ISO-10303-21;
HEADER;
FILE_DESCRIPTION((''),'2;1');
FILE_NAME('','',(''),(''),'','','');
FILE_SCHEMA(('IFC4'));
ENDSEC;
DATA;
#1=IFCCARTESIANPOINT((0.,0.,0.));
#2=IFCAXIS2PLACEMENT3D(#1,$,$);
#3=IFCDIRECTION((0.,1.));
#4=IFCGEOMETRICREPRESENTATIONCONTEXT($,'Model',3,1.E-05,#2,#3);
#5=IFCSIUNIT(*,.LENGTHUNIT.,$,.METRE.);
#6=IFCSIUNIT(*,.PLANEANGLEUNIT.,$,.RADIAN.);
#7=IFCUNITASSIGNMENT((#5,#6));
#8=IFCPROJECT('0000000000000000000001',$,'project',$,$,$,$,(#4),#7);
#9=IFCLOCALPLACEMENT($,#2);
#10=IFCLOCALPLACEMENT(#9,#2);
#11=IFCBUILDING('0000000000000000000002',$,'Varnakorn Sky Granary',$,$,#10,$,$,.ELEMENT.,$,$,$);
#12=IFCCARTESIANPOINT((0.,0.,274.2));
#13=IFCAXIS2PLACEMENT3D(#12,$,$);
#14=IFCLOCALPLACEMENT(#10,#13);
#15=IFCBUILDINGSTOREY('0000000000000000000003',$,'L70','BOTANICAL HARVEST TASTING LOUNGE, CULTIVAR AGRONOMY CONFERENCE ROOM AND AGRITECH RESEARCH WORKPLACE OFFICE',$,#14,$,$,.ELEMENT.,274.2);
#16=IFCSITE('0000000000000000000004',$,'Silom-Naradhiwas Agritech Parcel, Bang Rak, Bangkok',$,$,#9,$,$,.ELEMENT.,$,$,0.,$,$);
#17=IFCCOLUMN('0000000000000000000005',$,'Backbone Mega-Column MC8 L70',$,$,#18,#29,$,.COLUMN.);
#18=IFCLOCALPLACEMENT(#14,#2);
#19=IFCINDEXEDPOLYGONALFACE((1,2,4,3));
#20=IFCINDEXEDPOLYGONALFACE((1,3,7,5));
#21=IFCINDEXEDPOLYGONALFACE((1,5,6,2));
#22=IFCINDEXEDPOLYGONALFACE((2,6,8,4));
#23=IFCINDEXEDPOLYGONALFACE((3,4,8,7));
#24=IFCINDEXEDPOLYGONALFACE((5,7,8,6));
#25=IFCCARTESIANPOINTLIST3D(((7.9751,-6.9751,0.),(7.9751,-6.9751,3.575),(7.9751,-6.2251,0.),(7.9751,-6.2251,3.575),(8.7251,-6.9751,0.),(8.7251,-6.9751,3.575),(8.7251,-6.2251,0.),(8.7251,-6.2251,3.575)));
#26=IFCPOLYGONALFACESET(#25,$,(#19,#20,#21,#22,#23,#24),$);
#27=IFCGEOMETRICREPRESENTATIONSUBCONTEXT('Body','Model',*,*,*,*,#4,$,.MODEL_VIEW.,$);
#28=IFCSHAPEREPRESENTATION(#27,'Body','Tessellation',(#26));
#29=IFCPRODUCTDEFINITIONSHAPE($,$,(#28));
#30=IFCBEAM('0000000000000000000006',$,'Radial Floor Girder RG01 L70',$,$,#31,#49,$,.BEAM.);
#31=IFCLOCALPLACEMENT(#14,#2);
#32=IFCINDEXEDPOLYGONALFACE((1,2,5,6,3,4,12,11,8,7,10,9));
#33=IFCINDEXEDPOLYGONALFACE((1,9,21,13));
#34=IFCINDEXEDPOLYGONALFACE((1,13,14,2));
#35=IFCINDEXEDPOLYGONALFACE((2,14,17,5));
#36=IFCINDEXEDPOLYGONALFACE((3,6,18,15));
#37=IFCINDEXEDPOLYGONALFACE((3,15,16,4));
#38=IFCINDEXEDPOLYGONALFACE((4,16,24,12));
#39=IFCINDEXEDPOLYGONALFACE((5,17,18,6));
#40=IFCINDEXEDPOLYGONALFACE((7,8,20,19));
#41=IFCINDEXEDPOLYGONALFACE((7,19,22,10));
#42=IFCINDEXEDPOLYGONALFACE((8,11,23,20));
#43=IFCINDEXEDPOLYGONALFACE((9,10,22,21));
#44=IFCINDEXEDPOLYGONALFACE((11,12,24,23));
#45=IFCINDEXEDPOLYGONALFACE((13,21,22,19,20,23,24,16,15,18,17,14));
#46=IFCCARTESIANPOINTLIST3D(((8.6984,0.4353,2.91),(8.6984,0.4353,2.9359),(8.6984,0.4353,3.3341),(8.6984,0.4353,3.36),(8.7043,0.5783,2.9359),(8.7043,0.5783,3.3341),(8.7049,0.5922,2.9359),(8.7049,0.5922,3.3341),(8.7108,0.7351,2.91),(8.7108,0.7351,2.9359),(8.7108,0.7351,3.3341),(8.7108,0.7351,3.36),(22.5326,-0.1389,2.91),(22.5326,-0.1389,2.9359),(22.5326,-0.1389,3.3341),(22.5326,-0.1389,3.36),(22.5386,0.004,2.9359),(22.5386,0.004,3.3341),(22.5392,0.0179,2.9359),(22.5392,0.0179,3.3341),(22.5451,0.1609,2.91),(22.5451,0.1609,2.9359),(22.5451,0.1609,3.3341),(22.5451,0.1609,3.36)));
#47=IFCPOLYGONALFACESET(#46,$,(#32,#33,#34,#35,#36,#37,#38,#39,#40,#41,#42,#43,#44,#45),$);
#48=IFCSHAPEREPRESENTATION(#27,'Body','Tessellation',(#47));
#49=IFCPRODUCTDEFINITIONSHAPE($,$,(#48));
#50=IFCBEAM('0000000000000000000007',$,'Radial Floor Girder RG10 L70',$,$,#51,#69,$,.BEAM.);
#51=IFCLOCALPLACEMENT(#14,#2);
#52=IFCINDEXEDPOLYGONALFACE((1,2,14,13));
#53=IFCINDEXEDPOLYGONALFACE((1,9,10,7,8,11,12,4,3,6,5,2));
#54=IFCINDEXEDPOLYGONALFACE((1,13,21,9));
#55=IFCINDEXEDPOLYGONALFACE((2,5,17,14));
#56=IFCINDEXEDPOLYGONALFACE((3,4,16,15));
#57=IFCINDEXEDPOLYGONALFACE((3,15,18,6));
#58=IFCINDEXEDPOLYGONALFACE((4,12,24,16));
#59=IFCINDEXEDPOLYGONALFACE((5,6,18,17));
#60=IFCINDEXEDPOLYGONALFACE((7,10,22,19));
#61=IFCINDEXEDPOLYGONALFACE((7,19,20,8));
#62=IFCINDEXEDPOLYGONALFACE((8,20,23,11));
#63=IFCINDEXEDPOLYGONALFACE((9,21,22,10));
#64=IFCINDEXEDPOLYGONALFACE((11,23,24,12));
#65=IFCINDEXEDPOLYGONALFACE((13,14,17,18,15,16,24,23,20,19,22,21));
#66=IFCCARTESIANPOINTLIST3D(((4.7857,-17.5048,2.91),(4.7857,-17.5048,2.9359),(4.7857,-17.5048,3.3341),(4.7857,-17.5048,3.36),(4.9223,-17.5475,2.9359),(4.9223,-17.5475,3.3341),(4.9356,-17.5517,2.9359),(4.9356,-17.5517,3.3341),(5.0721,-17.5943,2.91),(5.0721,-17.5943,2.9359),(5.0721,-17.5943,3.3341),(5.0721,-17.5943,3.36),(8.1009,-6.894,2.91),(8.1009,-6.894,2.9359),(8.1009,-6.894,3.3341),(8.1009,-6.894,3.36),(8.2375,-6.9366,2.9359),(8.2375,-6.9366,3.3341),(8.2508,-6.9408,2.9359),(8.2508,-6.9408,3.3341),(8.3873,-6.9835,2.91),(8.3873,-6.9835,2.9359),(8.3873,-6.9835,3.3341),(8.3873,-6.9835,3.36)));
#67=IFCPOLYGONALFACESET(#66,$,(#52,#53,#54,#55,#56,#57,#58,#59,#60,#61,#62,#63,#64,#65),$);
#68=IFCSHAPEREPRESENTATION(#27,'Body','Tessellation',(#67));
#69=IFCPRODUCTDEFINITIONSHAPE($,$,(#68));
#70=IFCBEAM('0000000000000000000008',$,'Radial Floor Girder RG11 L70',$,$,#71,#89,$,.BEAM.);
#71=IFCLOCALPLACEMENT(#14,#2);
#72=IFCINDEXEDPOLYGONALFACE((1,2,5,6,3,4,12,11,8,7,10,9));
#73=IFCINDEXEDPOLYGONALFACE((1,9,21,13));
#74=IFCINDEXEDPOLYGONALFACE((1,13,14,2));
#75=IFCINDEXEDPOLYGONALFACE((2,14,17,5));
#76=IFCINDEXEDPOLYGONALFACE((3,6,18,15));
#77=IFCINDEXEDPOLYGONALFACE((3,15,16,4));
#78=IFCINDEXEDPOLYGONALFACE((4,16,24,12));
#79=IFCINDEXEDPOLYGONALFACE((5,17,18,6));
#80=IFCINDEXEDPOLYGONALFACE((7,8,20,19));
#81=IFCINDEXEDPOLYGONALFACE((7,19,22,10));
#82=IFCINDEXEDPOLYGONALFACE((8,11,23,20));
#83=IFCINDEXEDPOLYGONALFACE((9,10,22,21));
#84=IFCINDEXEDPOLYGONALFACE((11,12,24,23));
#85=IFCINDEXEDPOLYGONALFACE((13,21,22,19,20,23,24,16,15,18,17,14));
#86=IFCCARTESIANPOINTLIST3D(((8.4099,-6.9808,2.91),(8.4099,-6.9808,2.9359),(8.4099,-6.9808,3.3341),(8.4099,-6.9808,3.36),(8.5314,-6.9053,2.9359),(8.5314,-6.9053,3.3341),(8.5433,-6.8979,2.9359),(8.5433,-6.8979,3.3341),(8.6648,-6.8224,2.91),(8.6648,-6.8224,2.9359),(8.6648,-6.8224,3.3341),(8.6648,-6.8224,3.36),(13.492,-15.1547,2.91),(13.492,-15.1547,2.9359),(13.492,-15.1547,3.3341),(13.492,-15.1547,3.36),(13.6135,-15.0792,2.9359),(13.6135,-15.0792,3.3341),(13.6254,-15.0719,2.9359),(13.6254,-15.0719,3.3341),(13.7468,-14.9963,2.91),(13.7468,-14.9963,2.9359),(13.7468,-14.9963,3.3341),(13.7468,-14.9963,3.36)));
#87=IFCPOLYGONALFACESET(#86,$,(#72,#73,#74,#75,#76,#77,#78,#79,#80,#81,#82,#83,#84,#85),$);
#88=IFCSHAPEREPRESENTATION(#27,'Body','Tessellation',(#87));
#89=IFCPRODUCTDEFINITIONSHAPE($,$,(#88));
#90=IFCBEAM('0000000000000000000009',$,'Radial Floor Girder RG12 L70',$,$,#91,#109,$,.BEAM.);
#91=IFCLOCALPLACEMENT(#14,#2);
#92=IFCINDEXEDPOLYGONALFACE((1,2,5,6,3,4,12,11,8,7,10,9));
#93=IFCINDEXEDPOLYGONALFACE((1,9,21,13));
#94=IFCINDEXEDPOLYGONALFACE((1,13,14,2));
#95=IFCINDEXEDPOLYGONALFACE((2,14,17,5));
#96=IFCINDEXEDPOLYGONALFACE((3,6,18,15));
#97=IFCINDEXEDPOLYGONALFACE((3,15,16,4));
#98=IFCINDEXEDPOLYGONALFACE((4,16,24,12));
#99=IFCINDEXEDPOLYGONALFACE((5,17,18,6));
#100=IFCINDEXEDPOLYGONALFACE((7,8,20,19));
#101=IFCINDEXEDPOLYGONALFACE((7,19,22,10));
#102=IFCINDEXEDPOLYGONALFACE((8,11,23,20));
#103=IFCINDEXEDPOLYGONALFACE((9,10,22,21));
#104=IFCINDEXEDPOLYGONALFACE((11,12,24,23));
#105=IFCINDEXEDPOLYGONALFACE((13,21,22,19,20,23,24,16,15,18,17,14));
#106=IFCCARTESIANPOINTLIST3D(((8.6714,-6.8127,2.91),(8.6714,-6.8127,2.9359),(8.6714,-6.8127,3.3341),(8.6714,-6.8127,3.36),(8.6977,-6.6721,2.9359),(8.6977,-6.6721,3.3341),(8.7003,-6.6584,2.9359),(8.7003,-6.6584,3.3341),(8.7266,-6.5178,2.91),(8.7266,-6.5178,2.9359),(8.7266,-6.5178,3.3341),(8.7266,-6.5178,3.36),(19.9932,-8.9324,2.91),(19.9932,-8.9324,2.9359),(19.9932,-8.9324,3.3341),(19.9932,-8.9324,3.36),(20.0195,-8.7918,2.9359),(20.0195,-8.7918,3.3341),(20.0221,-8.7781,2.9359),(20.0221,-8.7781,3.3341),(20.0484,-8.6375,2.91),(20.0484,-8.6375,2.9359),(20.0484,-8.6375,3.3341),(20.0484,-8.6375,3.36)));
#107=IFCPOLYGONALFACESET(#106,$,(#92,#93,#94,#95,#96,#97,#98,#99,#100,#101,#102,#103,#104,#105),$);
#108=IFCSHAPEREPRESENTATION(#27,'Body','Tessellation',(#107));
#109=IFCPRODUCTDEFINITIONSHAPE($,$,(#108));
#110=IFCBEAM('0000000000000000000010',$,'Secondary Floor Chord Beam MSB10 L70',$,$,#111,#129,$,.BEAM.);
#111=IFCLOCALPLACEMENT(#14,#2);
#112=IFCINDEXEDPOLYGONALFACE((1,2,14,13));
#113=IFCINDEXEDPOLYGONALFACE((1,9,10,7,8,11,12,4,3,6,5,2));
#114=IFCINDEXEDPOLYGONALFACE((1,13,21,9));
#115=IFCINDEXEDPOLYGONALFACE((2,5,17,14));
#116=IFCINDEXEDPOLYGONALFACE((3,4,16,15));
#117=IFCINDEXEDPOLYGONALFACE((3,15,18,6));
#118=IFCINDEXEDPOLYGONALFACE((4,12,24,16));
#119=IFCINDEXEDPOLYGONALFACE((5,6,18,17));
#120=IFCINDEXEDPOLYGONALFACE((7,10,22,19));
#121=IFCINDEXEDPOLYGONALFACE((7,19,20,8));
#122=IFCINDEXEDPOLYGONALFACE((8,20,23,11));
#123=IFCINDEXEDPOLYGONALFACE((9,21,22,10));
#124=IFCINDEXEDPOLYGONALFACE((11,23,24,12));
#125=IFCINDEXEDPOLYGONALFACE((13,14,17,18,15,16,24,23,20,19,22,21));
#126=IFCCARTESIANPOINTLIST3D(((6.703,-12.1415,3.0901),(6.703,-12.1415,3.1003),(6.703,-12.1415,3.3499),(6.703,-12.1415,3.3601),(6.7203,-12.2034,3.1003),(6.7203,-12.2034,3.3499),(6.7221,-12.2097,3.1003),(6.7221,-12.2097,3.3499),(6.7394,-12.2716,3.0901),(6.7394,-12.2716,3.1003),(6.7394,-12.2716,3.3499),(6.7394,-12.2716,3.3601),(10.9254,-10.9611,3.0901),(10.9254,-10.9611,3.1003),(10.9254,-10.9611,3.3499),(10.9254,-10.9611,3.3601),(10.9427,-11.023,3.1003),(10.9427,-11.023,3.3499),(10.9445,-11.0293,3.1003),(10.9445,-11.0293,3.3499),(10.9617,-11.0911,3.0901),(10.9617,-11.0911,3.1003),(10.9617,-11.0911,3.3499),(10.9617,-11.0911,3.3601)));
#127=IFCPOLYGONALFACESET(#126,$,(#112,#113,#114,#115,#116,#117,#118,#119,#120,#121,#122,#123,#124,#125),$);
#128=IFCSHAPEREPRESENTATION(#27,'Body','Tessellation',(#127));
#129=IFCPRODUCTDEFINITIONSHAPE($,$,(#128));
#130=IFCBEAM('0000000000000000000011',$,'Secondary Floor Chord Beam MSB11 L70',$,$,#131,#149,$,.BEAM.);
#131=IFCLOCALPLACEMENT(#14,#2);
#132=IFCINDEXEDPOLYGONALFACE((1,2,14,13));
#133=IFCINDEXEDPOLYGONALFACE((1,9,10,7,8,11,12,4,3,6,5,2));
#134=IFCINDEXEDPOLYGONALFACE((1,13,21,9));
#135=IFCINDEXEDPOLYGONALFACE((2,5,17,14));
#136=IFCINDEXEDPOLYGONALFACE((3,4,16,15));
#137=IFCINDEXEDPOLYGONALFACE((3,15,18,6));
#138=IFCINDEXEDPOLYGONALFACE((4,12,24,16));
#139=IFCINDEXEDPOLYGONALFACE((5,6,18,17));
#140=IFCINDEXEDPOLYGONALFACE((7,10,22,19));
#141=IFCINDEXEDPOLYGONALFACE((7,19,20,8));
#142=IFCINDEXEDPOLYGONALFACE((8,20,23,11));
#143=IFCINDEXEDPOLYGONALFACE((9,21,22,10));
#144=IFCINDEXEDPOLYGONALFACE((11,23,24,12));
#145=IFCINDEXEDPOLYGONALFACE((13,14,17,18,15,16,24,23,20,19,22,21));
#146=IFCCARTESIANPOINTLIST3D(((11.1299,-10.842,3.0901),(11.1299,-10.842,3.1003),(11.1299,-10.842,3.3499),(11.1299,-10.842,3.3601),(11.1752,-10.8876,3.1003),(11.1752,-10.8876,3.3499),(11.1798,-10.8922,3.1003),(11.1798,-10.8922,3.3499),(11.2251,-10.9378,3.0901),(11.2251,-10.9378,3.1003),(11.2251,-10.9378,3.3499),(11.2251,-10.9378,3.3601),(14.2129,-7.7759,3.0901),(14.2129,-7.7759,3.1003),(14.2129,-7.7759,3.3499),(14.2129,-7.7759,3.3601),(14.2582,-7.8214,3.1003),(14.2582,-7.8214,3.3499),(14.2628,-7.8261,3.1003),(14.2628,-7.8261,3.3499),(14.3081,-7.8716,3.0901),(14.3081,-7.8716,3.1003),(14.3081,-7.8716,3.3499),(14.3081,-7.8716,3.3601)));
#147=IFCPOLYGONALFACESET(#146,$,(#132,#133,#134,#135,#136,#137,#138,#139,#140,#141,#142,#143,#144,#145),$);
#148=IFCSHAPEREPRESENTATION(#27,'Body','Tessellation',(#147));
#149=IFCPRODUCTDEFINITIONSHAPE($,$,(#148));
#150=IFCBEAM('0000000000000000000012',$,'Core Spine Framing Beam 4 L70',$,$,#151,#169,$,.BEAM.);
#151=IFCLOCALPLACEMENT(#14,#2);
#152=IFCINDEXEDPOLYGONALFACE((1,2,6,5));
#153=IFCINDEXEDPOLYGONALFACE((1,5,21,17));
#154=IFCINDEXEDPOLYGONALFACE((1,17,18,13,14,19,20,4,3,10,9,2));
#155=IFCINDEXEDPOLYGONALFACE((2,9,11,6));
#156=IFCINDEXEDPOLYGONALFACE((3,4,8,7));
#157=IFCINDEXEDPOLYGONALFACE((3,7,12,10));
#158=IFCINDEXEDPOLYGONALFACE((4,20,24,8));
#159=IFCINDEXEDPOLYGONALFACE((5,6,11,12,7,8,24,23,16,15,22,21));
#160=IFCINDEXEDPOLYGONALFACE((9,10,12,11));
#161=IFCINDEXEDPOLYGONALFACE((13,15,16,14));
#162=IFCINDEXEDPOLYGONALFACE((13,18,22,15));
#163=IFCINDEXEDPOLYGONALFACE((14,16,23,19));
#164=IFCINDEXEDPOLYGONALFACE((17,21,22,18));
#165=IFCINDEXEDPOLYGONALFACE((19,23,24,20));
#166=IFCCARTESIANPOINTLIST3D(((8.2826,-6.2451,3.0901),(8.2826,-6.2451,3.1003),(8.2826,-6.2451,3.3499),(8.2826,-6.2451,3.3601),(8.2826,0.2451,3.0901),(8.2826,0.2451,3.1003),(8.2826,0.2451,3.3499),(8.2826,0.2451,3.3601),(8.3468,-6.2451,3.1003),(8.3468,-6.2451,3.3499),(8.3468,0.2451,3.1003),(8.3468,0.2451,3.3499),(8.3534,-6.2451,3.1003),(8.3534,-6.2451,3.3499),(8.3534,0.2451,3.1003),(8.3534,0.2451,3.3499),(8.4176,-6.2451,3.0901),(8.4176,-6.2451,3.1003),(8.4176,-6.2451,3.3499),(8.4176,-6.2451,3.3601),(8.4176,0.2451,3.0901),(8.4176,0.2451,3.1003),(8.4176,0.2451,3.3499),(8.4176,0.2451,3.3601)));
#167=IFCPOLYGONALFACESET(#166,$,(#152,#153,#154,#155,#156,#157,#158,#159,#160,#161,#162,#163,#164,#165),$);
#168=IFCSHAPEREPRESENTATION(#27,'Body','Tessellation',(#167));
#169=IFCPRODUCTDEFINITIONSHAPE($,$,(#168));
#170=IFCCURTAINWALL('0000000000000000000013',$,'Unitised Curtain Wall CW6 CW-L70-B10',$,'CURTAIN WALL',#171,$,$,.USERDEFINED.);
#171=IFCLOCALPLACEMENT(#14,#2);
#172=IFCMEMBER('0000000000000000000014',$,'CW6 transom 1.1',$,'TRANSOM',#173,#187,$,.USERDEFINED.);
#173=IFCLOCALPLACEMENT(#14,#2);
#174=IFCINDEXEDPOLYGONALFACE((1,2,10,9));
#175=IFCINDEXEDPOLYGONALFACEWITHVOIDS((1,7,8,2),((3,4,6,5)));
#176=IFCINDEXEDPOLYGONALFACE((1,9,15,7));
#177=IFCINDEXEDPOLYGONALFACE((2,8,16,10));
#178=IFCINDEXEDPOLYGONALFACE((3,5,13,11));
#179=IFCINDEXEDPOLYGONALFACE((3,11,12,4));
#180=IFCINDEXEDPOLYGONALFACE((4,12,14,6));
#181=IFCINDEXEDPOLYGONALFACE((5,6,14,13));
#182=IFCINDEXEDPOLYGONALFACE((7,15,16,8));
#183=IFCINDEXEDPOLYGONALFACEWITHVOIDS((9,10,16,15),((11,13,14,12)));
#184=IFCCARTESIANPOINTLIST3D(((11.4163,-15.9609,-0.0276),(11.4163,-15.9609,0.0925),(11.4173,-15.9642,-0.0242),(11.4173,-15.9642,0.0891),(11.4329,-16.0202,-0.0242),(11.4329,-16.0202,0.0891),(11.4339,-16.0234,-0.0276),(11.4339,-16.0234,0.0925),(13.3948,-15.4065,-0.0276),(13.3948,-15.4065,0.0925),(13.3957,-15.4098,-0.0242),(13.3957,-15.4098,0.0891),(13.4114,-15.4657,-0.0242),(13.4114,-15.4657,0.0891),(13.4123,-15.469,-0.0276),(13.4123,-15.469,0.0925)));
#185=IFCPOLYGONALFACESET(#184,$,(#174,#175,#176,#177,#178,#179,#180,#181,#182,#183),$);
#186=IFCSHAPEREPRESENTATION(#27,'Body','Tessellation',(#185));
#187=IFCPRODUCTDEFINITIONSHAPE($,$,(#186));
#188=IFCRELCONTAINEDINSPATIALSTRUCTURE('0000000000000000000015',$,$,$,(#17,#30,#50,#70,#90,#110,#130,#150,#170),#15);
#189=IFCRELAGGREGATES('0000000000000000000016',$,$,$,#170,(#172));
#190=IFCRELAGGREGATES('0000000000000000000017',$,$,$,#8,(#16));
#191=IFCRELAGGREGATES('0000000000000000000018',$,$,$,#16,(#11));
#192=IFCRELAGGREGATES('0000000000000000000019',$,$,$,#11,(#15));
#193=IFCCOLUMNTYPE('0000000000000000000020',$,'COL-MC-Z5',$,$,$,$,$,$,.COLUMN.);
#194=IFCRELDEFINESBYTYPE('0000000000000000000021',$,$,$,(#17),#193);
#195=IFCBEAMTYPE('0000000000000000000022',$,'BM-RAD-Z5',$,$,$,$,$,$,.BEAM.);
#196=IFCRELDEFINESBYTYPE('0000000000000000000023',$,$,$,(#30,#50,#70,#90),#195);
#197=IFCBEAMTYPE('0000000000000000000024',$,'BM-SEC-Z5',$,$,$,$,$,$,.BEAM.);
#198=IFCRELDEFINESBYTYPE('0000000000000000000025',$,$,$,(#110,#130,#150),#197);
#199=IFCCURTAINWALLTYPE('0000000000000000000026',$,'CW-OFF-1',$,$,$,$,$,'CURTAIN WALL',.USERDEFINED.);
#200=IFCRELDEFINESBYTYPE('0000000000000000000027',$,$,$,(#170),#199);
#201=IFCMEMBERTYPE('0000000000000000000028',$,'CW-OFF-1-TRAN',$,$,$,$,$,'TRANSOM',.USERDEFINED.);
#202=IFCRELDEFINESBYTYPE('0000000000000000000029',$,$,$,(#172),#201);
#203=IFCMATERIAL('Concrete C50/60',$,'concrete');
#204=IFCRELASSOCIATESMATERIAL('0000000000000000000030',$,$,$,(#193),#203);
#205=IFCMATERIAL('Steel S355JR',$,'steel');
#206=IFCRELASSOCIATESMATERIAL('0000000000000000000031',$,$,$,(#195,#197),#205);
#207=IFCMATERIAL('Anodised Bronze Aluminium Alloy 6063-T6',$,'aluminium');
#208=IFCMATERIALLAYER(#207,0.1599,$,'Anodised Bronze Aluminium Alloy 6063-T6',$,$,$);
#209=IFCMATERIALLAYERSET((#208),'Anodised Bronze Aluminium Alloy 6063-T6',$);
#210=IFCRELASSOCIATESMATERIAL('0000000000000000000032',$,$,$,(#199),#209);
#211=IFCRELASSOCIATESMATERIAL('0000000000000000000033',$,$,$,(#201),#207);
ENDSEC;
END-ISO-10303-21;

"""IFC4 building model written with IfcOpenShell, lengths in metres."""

from ifc_helpers import new_model, si_unit, direction, frame, origin, origin_2d, place, context, subcontext, project, spatial, rectangle, hollow_rectangle, i_section, extrude, material, layer, layer_set, material_profile, profile_set, type_object, element, aggregate, save


model = new_model("IFC4")

# Units and contexts
model_context = context("Model", 3, precision=1e-05, world=origin(), true_north=direction((0.0, 1.0)))
body_context = subcontext(model_context, "Body", "Model", "MODEL_VIEW")
ifc_project = project(units=[si_unit("LENGTHUNIT", "METRE"), si_unit("PLANEANGLEUNIT", "RADIAN")], contexts=[model_context])

# Site, building, storey
site_placement = place(None, origin())
site = spatial("IfcSite", under=ifc_project, at=site_placement, Name="Silom-Naradhiwas Agritech Parcel, Bang Rak, Bangkok", CompositionType="ELEMENT", RefElevation=0.0)
building_placement = place(site_placement, origin())
building = spatial("IfcBuilding", under=site, at=building_placement, Name="Varnakorn Sky Granary", CompositionType="ELEMENT")
storey_placement = place(building_placement, frame((0.0, 0.0, 274.2)))
storey = spatial("IfcBuildingStorey", under=building, at=storey_placement, Name="L70", Description="BOTANICAL HARVEST TASTING LOUNGE, CULTIVAR AGRONOMY CONFERENCE ROOM AND AGRITECH RESEARCH WORKPLACE OFFICE", CompositionType="ELEMENT", Elevation=274.2)

# Column
ifc_material_1 = material(Name="Concrete C50/60", Category="concrete")
ifc_material_profile_1 = material_profile(ifc_material_1, rectangle(XDim=0.75, YDim=0.75, at=origin_2d()), Name="RC 750x750")
ifc_profile_set_1 = profile_set([ifc_material_profile_1], Name="Concrete C50/60")
column_type = type_object("IfcColumnType", Name="COL-MC-Z5", PredefinedType="COLUMN", material=ifc_profile_set_1)
column_placement = place(storey_placement, frame((8.3501, -6.6001, 0.0), z_axis=(0.0, 0.0, 1.0), x_axis=(1.0, 0.0, 0.0)))
element("IfcColumn", 1, at=column_placement, inside=storey, type_object=column_type, Name="Backbone Mega-Column MC8 L70", PredefinedType="COLUMN", context=body_context, shape_type="SweptSolid", body=[
    extrude(rectangle(XDim=0.75, YDim=0.75, at=origin_2d()), origin(), (0.0, 0.0, 1.0), 3.575),
])

# Beams
ifc_material_2 = material(Name="Steel S355JR", Category="steel")
ifc_material_profile_2 = material_profile(ifc_material_2, i_section(OverallWidth=0.3, OverallDepth=0.45, WebThickness=0.0139, FlangeThickness=0.0259, at=origin_2d()), Name="HE 450 B")
ifc_profile_set_2 = profile_set([ifc_material_profile_2], Name="Steel S355JR")
beam_type_1 = type_object("IfcBeamType", Name="BM-RAD-Z5", PredefinedType="BEAM", material=ifc_profile_set_2)
beam_1_placement = place(storey_placement, frame((8.7046, 0.5852, 3.135), z_axis=(0.99914, -0.041471, 0.0), x_axis=(0.041471, 0.99914, 0.0)))
element("IfcBeam", 2, at=beam_1_placement, inside=storey, type_object=beam_type_1, Name="Radial Floor Girder RG01 L70", PredefinedType="BEAM", context=body_context, shape_type="SweptSolid", body=[
    extrude(i_section(OverallWidth=0.3, OverallDepth=0.45, WebThickness=0.0139, FlangeThickness=0.0259, at=origin_2d()), origin(), (0.0, 0.0, 1.0), 13.8462),
])
beam_2_placement = place(storey_placement, frame((8.2441, -6.9387, 3.135), z_axis=(-0.298217, -0.954498, 0.0), x_axis=(0.954498, -0.298217, 0.0)))
element("IfcBeam", 3, at=beam_2_placement, inside=storey, type_object=beam_type_1, Name="Radial Floor Girder RG10 L70", PredefinedType="BEAM", context=body_context, shape_type="SweptSolid", body=[
    extrude(i_section(OverallWidth=0.3, OverallDepth=0.45, WebThickness=0.0139, FlangeThickness=0.0259, at=origin_2d()), origin(), (0.0, 0.0, 1.0), 11.1167),
])
beam_3_placement = place(storey_placement, frame((8.5374, -6.9016, 3.135), z_axis=(0.528009, -0.849239, 0.0), x_axis=(0.849239, 0.528009, 0.0)))
element("IfcBeam", 4, at=beam_3_placement, inside=storey, type_object=beam_type_1, Name="Radial Floor Girder RG11 L70", PredefinedType="BEAM", context=body_context, shape_type="SweptSolid", body=[
    extrude(i_section(OverallWidth=0.3, OverallDepth=0.45, WebThickness=0.0139, FlangeThickness=0.0259, at=origin_2d()), origin(), (0.0, 0.0, 1.0), 9.625),
])
beam_4_placement = place(storey_placement, frame((8.699, -6.6653, 3.135), z_axis=(0.982923, -0.18402, 0.0), x_axis=(0.18402, 0.982923, 0.0)))
element("IfcBeam", 5, at=beam_4_placement, inside=storey, type_object=beam_type_1, Name="Radial Floor Girder RG12 L70", PredefinedType="BEAM", context=body_context, shape_type="SweptSolid", body=[
    extrude(i_section(OverallWidth=0.3, OverallDepth=0.45, WebThickness=0.0139, FlangeThickness=0.0259, at=origin_2d()), origin(), (0.0, 0.0, 1.0), 11.5186),
])
ifc_material_profile_3 = material_profile(ifc_material_2, i_section(OverallWidth=0.135, OverallDepth=0.27, WebThickness=0.0066, FlangeThickness=0.0103, at=origin_2d()), Name="IPE 270")
ifc_profile_set_3 = profile_set([ifc_material_profile_3], Name="Steel S355JR")
beam_type_2 = type_object("IfcBeamType", Name="BM-SEC-Z5", PredefinedType="BEAM", material=ifc_profile_set_3)
beam_5_placement = place(storey_placement, frame((6.7212, -12.2065, 3.2251), z_axis=(0.963074, 0.269237, 0.0), x_axis=(-0.269237, 0.963074, 0.0)))
element("IfcBeam", 6, at=beam_5_placement, inside=storey, type_object=beam_type_2, Name="Secondary Floor Chord Beam MSB10 L70", PredefinedType="BEAM", context=body_context, shape_type="SweptSolid", body=[
    extrude(i_section(OverallWidth=0.135, OverallDepth=0.27, WebThickness=0.0066, FlangeThickness=0.0103, at=origin_2d()), origin(), (0.0, 0.0, 1.0), 4.3843),
])
beam_6_placement = place(storey_placement, frame((11.1775, -10.8899, 3.2251), z_axis=(0.709041, 0.705167, 0.0), x_axis=(-0.705167, 0.709041, 0.0)))
element("IfcBeam", 7, at=beam_6_placement, inside=storey, type_object=beam_type_2, Name="Secondary Floor Chord Beam MSB11 L70", PredefinedType="BEAM", context=body_context, shape_type="SweptSolid", body=[
    extrude(i_section(OverallWidth=0.135, OverallDepth=0.27, WebThickness=0.0066, FlangeThickness=0.0103, at=origin_2d()), origin(), (0.0, 0.0, 1.0), 4.3481),
])
beam_7_placement = place(storey_placement, frame((8.3501, 0.2451, 3.2251), z_axis=(0.0, -1.0, 0.0), x_axis=(1.0, 0.0, 0.0)))
element("IfcBeam", 8, at=beam_7_placement, inside=storey, type_object=beam_type_2, Name="Core Spine Framing Beam 4 L70", PredefinedType="BEAM", context=body_context, shape_type="SweptSolid", body=[
    extrude(i_section(OverallWidth=0.135, OverallDepth=0.27, WebThickness=0.0066, FlangeThickness=0.0103, at=origin_2d()), origin(), (0.0, 0.0, 1.0), 6.4902),
])

# Curtain wall, member
ifc_material_3 = material(Name="Anodised Bronze Aluminium Alloy 6063-T6", Category="aluminium")
ifc_layer_1 = layer(ifc_material_3, 0.1599, Name="Anodised Bronze Aluminium Alloy 6063-T6")
ifc_layer_set_1 = layer_set([ifc_layer_1], Name="Anodised Bronze Aluminium Alloy 6063-T6")
curtain_wall_type = type_object("IfcCurtainWallType", Name="CW-OFF-1", ElementType="CURTAIN WALL", PredefinedType="USERDEFINED", material=ifc_layer_set_1)
curtain_wall_placement = place(storey_placement, origin())
curtain_wall = element("IfcCurtainWall", 9, at=curtain_wall_placement, inside=storey, type_object=curtain_wall_type, Name="Unitised Curtain Wall CW6 CW-L70-B10", ObjectType="CURTAIN WALL", PredefinedType="USERDEFINED")
ifc_material_profile_4 = material_profile(ifc_material_3, hollow_rectangle(XDim=0.0649, YDim=0.1201, WallThickness=0.0034, at=origin_2d()), Name="ALU TRAN 65x120")
ifc_profile_set_4 = profile_set([ifc_material_profile_4], Name="Anodised Bronze Aluminium Alloy 6063-T6")
member_type = type_object("IfcMemberType", Name="CW-OFF-1-TRAN", ElementType="TRANSOM", PredefinedType="USERDEFINED", material=ifc_profile_set_4)
member_placement = place(storey_placement, frame((13.4036, -15.4377, 0.0325), z_axis=(-0.962906, -0.269837, 0.0), x_axis=(0.269837, -0.962906, 0.0)))
member = element("IfcMember", 10, at=member_placement, type_object=member_type, Name="CW6 transom 1.1", ObjectType="TRANSOM", PredefinedType="USERDEFINED", context=body_context, shape_type="SweptSolid", body=[
    extrude(hollow_rectangle(XDim=0.0649, YDim=0.1201, WallThickness=0.0034, at=origin_2d()), origin(), (0.0, 0.0, 1.0), 2.0547),
])
aggregate(curtain_wall, [member])

save(model, "model.ifc")
